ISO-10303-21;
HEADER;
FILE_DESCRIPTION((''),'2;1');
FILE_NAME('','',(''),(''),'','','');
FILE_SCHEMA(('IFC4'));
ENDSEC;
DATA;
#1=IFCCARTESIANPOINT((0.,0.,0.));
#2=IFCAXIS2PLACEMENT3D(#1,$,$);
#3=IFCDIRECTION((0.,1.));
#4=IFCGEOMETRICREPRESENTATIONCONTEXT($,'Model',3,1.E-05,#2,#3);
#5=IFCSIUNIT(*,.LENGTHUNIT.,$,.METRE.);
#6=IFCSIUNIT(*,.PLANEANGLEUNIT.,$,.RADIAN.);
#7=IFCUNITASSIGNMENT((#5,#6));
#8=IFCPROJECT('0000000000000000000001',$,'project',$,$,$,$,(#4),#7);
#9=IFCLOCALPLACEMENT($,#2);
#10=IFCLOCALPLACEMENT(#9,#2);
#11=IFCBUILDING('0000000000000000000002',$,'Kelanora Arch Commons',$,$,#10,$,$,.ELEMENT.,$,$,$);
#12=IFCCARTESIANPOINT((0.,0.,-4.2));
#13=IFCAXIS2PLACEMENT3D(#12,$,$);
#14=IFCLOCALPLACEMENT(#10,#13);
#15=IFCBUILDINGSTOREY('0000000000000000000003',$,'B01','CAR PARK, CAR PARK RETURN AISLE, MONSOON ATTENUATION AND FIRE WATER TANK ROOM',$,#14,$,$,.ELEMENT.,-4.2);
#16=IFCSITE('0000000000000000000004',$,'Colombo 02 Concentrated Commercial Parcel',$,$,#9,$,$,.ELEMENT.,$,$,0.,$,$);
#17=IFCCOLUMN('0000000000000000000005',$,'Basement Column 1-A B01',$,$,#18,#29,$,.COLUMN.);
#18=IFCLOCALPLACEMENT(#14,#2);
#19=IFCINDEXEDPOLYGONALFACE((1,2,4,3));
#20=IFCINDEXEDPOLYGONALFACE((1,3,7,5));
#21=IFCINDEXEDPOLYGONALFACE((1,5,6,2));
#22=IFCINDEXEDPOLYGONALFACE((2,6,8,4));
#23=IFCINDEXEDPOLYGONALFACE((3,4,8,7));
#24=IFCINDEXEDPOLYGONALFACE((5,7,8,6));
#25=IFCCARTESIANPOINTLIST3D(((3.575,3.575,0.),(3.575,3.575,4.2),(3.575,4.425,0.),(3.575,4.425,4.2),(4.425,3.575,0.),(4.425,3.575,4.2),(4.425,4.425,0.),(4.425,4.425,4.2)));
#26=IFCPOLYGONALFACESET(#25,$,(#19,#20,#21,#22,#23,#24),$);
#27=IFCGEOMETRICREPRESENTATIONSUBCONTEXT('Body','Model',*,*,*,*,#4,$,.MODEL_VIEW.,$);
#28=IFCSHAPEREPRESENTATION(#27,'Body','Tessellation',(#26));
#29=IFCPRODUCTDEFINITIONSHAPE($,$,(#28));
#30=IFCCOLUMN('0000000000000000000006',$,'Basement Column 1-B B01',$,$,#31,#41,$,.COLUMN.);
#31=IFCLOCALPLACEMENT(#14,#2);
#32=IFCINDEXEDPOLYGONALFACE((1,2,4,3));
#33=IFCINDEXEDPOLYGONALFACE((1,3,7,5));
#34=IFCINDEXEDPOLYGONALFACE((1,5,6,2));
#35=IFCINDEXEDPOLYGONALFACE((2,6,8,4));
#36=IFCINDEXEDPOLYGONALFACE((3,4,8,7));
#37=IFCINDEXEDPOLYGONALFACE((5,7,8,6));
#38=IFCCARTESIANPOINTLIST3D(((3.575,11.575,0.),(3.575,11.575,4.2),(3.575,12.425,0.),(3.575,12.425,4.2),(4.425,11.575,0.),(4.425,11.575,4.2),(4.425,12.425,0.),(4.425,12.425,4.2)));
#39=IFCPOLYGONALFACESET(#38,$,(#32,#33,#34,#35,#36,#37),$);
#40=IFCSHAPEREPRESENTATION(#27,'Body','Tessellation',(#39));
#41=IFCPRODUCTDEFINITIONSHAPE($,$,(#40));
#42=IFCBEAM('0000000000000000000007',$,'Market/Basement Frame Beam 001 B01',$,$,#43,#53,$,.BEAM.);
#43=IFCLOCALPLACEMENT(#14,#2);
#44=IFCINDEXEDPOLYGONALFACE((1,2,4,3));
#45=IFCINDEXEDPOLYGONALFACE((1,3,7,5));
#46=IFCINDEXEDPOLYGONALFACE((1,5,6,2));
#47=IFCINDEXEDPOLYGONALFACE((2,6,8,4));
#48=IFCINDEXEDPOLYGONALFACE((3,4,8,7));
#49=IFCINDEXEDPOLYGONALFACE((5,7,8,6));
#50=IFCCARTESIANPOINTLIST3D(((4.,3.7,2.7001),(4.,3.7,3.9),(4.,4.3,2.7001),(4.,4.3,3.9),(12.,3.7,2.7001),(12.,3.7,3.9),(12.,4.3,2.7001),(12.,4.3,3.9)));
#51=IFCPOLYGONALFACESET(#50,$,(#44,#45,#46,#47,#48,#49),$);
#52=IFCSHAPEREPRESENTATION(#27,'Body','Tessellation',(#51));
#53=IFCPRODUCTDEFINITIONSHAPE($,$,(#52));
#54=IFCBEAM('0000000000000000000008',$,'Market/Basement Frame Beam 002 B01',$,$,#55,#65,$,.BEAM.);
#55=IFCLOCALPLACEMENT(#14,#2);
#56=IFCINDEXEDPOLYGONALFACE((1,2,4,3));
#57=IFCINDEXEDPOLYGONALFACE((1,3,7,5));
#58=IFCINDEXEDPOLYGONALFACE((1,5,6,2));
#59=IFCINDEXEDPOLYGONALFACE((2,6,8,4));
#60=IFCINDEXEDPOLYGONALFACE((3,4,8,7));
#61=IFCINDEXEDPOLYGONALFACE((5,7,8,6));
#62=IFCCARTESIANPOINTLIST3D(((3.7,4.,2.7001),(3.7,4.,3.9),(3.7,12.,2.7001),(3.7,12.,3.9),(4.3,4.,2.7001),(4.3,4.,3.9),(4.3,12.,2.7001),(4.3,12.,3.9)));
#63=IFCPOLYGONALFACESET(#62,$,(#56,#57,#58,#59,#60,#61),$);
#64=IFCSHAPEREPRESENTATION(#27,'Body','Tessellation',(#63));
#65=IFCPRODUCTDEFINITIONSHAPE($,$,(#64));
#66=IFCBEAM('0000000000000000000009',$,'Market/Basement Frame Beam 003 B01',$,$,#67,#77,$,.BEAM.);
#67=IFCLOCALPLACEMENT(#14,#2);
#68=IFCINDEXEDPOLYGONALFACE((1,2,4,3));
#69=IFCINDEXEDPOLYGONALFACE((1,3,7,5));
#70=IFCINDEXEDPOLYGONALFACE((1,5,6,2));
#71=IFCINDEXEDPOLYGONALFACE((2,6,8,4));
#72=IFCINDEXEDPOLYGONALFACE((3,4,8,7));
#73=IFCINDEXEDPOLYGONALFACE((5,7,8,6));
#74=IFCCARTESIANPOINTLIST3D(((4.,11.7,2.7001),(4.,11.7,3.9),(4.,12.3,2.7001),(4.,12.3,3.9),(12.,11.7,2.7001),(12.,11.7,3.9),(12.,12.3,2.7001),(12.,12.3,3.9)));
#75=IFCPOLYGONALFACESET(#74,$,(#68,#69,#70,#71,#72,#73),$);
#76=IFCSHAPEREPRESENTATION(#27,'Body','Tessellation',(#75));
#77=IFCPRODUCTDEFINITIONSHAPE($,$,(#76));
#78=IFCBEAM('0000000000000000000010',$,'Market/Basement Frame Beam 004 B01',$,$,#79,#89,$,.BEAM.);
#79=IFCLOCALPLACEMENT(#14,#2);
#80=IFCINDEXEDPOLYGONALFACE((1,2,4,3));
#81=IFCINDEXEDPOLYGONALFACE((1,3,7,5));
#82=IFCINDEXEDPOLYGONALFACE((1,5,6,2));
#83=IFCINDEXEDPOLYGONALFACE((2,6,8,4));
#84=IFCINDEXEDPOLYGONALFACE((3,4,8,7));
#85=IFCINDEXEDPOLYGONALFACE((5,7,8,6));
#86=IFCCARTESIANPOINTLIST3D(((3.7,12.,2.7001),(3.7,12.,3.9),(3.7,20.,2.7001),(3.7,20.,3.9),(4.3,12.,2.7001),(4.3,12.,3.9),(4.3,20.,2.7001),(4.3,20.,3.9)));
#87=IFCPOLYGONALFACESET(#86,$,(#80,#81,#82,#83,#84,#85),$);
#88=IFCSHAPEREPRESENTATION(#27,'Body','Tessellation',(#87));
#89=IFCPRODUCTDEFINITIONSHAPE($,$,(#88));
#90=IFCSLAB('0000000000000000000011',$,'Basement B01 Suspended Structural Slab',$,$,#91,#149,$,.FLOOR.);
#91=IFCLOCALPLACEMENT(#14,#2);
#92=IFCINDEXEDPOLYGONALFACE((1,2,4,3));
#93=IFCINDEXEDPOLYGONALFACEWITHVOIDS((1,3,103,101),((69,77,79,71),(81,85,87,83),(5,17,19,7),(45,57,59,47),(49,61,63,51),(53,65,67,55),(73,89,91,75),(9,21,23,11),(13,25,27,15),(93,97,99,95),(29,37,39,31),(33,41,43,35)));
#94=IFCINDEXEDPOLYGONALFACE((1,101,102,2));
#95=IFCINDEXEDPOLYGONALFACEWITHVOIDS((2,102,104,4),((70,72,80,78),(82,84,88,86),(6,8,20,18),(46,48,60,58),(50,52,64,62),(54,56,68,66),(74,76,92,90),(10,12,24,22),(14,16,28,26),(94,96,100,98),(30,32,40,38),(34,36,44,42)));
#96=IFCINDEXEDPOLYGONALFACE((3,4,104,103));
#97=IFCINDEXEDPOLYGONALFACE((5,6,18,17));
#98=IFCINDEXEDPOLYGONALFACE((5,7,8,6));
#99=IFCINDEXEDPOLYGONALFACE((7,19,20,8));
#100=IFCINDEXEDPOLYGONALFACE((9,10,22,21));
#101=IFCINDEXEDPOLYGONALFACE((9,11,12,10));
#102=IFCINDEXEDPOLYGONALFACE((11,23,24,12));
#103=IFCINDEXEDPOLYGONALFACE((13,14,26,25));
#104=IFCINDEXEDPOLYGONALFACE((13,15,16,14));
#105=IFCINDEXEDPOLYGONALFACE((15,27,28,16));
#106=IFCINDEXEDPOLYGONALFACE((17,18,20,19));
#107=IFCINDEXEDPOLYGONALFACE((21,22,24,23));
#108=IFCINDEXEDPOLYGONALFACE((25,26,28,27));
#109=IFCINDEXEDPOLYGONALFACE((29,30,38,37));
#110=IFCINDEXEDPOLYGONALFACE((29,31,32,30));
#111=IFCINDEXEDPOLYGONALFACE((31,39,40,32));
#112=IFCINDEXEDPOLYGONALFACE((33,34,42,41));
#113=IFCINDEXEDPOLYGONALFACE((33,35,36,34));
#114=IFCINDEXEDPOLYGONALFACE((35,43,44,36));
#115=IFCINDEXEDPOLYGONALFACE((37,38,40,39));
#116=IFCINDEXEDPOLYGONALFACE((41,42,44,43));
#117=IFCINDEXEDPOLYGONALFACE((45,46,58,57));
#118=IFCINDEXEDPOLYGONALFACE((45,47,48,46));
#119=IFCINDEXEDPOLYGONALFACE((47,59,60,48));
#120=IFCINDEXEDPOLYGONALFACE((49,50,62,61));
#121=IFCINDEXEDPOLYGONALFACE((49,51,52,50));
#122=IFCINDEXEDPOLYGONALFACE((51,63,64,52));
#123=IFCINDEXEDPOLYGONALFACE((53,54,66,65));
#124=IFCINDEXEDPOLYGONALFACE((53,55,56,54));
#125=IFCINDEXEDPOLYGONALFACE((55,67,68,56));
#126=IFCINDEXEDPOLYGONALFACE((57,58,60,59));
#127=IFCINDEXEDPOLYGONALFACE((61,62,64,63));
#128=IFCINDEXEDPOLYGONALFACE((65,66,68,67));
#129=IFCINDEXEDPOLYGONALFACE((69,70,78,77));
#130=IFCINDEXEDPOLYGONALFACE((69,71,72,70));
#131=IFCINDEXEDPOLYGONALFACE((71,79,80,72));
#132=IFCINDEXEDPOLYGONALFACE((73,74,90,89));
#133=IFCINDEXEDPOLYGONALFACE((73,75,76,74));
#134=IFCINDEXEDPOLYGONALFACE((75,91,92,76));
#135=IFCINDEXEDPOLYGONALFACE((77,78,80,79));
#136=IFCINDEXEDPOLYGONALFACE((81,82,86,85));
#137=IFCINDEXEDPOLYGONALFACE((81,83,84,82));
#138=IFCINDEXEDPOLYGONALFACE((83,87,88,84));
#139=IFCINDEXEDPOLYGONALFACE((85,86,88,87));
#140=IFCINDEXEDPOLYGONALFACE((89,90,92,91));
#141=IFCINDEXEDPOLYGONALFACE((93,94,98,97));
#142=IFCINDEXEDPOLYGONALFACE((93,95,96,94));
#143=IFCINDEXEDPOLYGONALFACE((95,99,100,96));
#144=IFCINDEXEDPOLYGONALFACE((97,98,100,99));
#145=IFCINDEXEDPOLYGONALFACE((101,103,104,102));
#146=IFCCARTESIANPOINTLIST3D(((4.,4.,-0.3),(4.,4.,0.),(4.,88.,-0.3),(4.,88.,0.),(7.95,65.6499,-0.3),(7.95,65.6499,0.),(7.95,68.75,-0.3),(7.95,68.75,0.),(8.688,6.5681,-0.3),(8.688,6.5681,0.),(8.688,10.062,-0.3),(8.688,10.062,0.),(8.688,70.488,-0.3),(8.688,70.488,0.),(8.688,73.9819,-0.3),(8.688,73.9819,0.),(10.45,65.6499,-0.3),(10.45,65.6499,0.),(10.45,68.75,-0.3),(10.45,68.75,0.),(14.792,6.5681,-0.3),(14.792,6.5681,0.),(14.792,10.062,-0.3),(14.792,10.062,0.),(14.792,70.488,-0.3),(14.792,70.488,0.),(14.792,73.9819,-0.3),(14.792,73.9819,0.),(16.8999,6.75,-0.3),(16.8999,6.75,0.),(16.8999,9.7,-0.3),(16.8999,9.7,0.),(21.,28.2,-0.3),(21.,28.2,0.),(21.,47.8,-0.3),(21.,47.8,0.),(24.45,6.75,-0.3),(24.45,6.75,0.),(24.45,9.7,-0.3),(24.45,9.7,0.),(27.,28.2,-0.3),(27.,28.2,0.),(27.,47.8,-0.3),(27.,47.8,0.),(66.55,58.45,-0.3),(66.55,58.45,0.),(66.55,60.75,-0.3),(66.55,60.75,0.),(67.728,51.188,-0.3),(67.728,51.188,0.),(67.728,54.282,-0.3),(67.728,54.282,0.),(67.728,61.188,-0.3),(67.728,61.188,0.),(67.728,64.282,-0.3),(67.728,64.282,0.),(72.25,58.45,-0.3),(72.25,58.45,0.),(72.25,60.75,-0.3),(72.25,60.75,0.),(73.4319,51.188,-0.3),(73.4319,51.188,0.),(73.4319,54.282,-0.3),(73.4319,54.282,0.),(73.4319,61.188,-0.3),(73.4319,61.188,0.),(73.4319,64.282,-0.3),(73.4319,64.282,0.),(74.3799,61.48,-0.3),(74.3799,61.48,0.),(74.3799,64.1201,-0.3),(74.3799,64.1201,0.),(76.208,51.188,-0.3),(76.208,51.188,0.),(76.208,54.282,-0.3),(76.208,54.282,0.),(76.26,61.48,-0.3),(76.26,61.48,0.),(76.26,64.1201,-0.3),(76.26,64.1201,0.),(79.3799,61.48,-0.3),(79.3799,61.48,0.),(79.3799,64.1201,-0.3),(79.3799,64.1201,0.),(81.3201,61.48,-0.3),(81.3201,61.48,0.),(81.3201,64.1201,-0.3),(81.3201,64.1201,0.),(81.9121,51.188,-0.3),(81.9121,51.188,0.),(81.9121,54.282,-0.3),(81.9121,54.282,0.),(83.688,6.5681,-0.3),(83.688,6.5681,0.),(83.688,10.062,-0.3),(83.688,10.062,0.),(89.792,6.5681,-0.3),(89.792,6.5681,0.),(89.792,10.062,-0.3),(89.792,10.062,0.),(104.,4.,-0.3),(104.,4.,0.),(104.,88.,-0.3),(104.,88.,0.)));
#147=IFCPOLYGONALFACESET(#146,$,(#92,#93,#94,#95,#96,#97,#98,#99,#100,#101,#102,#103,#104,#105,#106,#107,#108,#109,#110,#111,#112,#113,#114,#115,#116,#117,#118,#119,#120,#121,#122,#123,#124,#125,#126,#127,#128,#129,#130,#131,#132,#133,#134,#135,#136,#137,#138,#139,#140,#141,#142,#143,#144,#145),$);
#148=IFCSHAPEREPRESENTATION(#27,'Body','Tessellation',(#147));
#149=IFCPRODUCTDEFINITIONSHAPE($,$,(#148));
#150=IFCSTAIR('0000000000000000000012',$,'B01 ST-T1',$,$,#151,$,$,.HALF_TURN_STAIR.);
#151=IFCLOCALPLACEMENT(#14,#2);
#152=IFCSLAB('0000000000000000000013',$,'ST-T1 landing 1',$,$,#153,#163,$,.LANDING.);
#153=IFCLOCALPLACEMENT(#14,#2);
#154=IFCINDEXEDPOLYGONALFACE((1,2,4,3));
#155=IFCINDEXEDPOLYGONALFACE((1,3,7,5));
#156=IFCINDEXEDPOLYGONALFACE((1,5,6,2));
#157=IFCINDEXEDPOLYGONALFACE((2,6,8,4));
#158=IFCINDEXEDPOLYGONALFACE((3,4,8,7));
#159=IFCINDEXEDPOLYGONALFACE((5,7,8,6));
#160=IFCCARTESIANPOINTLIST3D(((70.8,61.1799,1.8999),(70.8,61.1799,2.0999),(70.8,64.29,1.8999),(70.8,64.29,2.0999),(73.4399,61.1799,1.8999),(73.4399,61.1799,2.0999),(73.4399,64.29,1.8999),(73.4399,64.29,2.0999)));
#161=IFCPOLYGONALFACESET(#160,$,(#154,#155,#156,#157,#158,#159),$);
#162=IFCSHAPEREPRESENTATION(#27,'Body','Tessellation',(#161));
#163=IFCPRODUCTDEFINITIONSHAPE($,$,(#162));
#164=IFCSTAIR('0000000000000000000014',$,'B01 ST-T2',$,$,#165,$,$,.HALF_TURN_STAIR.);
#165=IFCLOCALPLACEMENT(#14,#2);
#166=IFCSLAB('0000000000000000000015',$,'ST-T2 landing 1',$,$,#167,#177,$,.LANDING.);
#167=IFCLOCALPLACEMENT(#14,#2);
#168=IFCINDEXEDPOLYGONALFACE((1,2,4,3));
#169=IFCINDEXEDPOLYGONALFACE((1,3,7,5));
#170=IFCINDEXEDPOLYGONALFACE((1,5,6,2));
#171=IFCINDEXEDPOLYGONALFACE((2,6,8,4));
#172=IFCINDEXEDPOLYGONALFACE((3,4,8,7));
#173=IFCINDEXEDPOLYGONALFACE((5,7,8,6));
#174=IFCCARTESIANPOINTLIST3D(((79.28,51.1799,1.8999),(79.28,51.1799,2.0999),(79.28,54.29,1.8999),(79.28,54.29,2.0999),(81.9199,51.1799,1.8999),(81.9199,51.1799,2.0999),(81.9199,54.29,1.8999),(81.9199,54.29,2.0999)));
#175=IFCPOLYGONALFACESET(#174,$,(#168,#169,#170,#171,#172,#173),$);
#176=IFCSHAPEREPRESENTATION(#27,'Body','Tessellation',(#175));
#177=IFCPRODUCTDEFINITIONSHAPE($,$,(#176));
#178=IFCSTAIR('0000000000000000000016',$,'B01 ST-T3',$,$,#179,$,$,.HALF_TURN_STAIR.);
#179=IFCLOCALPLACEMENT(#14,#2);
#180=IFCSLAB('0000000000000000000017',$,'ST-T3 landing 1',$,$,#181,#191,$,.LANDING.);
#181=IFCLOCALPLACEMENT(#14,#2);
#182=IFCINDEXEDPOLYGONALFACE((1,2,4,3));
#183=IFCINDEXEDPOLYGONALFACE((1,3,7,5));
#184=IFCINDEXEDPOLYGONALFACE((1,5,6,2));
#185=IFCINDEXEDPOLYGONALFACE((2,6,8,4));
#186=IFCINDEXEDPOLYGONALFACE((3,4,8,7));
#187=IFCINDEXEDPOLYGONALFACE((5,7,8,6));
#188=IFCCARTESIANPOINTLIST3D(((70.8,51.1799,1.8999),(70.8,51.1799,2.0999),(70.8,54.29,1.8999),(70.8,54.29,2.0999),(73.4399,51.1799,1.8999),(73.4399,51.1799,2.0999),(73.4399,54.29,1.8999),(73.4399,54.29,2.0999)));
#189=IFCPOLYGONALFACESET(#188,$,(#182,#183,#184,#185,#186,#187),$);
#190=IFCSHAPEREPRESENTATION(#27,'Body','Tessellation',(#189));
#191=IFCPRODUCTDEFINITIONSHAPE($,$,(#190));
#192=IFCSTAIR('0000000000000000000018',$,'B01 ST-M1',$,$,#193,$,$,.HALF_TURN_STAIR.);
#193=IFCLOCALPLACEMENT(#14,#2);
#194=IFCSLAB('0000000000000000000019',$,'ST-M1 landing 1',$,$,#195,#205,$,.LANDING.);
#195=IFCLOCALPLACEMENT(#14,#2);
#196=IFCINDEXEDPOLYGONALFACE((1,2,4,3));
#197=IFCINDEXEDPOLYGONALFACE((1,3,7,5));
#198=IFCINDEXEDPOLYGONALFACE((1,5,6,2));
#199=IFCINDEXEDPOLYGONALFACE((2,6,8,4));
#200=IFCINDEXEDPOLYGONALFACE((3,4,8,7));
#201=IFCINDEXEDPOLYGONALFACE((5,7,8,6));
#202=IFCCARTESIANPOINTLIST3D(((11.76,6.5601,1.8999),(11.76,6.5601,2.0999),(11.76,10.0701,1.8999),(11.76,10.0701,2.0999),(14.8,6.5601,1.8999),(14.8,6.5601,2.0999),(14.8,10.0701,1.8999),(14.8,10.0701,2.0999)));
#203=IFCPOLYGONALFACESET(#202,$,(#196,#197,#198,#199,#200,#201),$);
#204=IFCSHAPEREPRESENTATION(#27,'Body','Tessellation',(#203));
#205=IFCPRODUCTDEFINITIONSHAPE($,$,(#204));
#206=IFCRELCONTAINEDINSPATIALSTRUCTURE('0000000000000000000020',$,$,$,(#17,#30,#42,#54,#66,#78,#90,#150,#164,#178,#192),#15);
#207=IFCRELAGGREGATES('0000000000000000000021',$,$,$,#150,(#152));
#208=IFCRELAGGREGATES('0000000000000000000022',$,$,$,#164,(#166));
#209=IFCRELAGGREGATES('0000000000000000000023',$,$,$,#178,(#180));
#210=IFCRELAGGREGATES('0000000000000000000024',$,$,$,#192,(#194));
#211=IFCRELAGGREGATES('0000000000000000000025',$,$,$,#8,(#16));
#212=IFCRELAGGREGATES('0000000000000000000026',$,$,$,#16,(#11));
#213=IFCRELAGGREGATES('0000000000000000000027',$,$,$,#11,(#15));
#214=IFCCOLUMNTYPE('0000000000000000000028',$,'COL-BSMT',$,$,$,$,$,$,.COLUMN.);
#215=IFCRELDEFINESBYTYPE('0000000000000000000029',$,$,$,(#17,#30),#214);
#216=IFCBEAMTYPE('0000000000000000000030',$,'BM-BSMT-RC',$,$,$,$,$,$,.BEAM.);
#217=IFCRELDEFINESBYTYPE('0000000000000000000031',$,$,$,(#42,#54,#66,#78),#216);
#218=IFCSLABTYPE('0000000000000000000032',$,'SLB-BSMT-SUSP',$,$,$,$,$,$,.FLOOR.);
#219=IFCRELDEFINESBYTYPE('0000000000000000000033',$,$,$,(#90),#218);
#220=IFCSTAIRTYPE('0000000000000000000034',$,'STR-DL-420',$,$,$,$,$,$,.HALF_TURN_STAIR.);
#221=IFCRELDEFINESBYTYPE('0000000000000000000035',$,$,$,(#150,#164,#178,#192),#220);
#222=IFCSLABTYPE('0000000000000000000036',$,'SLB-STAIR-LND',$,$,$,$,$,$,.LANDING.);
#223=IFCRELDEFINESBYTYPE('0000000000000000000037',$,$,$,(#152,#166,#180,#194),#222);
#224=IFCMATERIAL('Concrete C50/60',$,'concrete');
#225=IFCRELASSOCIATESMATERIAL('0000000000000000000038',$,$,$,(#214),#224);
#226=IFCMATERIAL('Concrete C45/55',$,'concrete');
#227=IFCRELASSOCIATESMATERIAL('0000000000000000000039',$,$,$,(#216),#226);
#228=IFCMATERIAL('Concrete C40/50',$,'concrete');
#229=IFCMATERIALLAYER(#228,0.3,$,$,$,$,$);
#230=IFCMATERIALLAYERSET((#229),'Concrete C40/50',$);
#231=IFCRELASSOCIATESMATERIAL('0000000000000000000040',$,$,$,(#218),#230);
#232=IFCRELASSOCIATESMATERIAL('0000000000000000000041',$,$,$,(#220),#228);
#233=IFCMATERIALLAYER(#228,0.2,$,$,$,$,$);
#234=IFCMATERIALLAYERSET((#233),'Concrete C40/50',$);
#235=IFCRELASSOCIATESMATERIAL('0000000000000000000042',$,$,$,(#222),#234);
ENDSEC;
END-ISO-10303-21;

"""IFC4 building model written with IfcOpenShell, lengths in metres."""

from ifc_helpers import new_model, si_unit, direction, frame, origin, origin_2d, place, context, subcontext, project, spatial, polyline, rectangle, outline, extrude, material, layer, layer_set, material_profile, profile_set, type_object, element, aggregate, save


model = new_model("IFC4")

# Units and contexts
model_context = context("Model", 3, precision=1e-05, world=origin(), true_north=direction((0.0, 1.0)))
body_context = subcontext(model_context, "Body", "Model", "MODEL_VIEW")
ifc_project = project(units=[si_unit("LENGTHUNIT", "METRE"), si_unit("PLANEANGLEUNIT", "RADIAN")], contexts=[model_context])

# Site, building, storey
site_placement = place(None, origin())
site = spatial("IfcSite", under=ifc_project, at=site_placement, Name="Colombo 02 Concentrated Commercial Parcel", CompositionType="ELEMENT", RefElevation=0.0)
building_placement = place(site_placement, origin())
building = spatial("IfcBuilding", under=site, at=building_placement, Name="Kelanora Arch Commons", CompositionType="ELEMENT")
storey_placement = place(building_placement, frame((0.0, 0.0, -4.2)))
storey = spatial("IfcBuildingStorey", under=building, at=storey_placement, Name="B01", Description="CAR PARK, CAR PARK RETURN AISLE, MONSOON ATTENUATION AND FIRE WATER TANK ROOM", CompositionType="ELEMENT", Elevation=-4.2)

# Columns
ifc_material_1 = material(Name="Concrete C50/60", Category="concrete")
ifc_material_profile_1 = material_profile(ifc_material_1, rectangle(XDim=0.8501, YDim=0.8501, at=origin_2d()), Name="RC850x850")
ifc_profile_set_1 = profile_set([ifc_material_profile_1], Name="Concrete C50/60")
column_type = type_object("IfcColumnType", Name="COL-BSMT", PredefinedType="COLUMN", material=ifc_profile_set_1)
for number, where, z_axis, x_axis, name in (
    (1, (4.0, 4.0, 0.0), (0.0, 0.0, 1.0), (1.0, 0.0, 0.0), "Basement Column 1-A B01"),
    (2, (4.0, 12.0, 0.0), (0.0, 0.0, 1.0), (1.0, 0.0, 0.0), "Basement Column 1-B B01"),
):
    element("IfcColumn", number, at=place(storey_placement, frame(where, z_axis=z_axis, x_axis=x_axis)), inside=storey, type_object=column_type, Name=name, PredefinedType="COLUMN", context=body_context, shape_type="SweptSolid", body=[
        extrude(rectangle(XDim=0.8501, YDim=0.8501, at=origin_2d()), origin(), (0.0, 0.0, 1.0), 4.2),
    ])

# Beams
ifc_material_2 = material(Name="Concrete C45/55", Category="concrete")
ifc_material_profile_2 = material_profile(ifc_material_2, rectangle(XDim=0.6001, YDim=1.2, at=origin_2d()), Name="RCB600x1200")
ifc_profile_set_2 = profile_set([ifc_material_profile_2], Name="Concrete C45/55")
beam_type = type_object("IfcBeamType", Name="BM-BSMT-RC", PredefinedType="BEAM", material=ifc_profile_set_2)
for number, where, z_axis, x_axis, name in (
    (3, (4.0, 4.0, 3.3), (1.0, 0.0, 0.0), (0.0, 1.0, 0.0), "Market/Basement Frame Beam 001 B01"),
    (4, (4.0, 4.0, 3.3), (0.0, 1.0, 0.0), (-1.0, 0.0, 0.0), "Market/Basement Frame Beam 002 B01"),
    (5, (4.0, 12.0, 3.3), (1.0, 0.0, 0.0), (0.0, 1.0, 0.0), "Market/Basement Frame Beam 003 B01"),
    (6, (4.0, 12.0, 3.3), (0.0, 1.0, 0.0), (-1.0, 0.0, 0.0), "Market/Basement Frame Beam 004 B01"),
):
    element("IfcBeam", number, at=place(storey_placement, frame(where, z_axis=z_axis, x_axis=x_axis)), inside=storey, type_object=beam_type, Name=name, PredefinedType="BEAM", context=body_context, shape_type="SweptSolid", body=[
        extrude(rectangle(XDim=0.6001, YDim=1.2, at=origin_2d()), origin(), (0.0, 0.0, 1.0), 8.0),
    ])

# Slab
ifc_material_3 = material(Name="Concrete C40/50", Category="concrete")
ifc_layer_1 = layer(ifc_material_3, 0.3)
ifc_layer_set_1 = layer_set([ifc_layer_1], Name="Concrete C40/50")
slab_type_1 = type_object("IfcSlabType", Name="SLB-BSMT-SUSP", PredefinedType="FLOOR", material=ifc_layer_set_1)
slab_1_placement = place(storey_placement, frame((0.0, 0.0, -0.3)))
element("IfcSlab", 7, at=slab_1_placement, inside=storey, type_object=slab_type_1, Name="Basement B01 Suspended Structural Slab", PredefinedType="FLOOR", context=body_context, shape_type="SweptSolid", body=[
    extrude(outline(polyline([(4.0, 4.0), (104.0, 4.0), (104.0, 88.0), (4.0, 88.0), (4.0, 4.0)]), holes=[polyline([(16.8999, 6.75), (16.8999, 9.7), (24.45, 9.7), (24.45, 6.75), (16.8999, 6.75)]), polyline([(8.688, 10.062), (14.792, 10.062), (14.792, 6.5681), (8.688, 6.5681), (8.688, 10.062)]), polyline([(21.0, 47.8), (27.0, 47.8), (27.0, 28.2), (21.0, 28.2), (21.0, 47.8)]), polyline([(66.55, 58.45), (66.55, 60.75), (72.25, 60.75), (72.25, 58.45), (66.55, 58.45)]), polyline([(7.95, 68.75), (10.45, 68.75), (10.45, 65.6499), (7.95, 65.6499), (7.95, 68.75)]), polyline([(8.688, 73.9819), (14.792, 73.9819), (14.792, 70.488), (8.688, 70.488), (8.688, 73.9819)]), polyline([(83.688, 6.5681), (83.688, 10.062), (89.792, 10.062), (89.792, 6.5681), (83.688, 6.5681)]), polyline([(67.728, 54.282), (73.4319, 54.282), (73.4319, 51.188), (67.728, 51.188), (67.728, 54.282)]), polyline([(76.208, 54.282), (81.9121, 54.282), (81.9121, 51.188), (76.208, 51.188), (76.208, 54.282)]), polyline([(67.728, 61.188), (67.728, 64.282), (73.4319, 64.282), (73.4319, 61.188), (67.728, 61.188)]), polyline([(74.3799, 64.1201), (76.26, 64.1201), (76.26, 61.48), (74.3799, 61.48), (74.3799, 64.1201)]), polyline([(79.3799, 64.1201), (81.3201, 64.1201), (81.3201, 61.48), (79.3799, 61.48), (79.3799, 64.1201)])]), origin(), (0.0, 0.0, 1.0), 0.3),
])

# Stairs, slabs
stair_type = type_object("IfcStairType", Name="STR-DL-420", PredefinedType="HALF_TURN_STAIR", material=ifc_material_3)
stair_1_placement = place(storey_placement, origin())
stair_1 = element("IfcStair", 8, at=stair_1_placement, inside=storey, type_object=stair_type, Name="B01 ST-T1", PredefinedType="HALF_TURN_STAIR")
ifc_layer_2 = layer(ifc_material_3, 0.2)
ifc_layer_set_2 = layer_set([ifc_layer_2], Name="Concrete C40/50")
slab_type_2 = type_object("IfcSlabType", Name="SLB-STAIR-LND", PredefinedType="LANDING", material=ifc_layer_set_2)
slab_2_placement = place(storey_placement, frame((0.0, 0.0, 1.8999)))
slab_2 = element("IfcSlab", 9, at=slab_2_placement, type_object=slab_type_2, Name="ST-T1 landing 1", PredefinedType="LANDING", context=body_context, shape_type="SweptSolid", body=[
    extrude(outline(polyline([(70.8, 61.1799), (73.4399, 61.1799), (73.4399, 64.29), (70.8, 64.29), (70.8, 61.1799)])), origin(), (0.0, 0.0, 1.0), 0.2),
])
aggregate(stair_1, [slab_2])
stair_2_placement = place(storey_placement, origin())
stair_2 = element("IfcStair", 10, at=stair_2_placement, inside=storey, type_object=stair_type, Name="B01 ST-T2", PredefinedType="HALF_TURN_STAIR")
slab_3_placement = place(storey_placement, frame((0.0, 0.0, 1.8999)))
slab_3 = element("IfcSlab", 11, at=slab_3_placement, type_object=slab_type_2, Name="ST-T2 landing 1", PredefinedType="LANDING", context=body_context, shape_type="SweptSolid", body=[
    extrude(outline(polyline([(79.28, 51.1799), (81.9199, 51.1799), (81.9199, 54.29), (79.28, 54.29), (79.28, 51.1799)])), origin(), (0.0, 0.0, 1.0), 0.2),
])
aggregate(stair_2, [slab_3])
stair_3_placement = place(storey_placement, origin())
stair_3 = element("IfcStair", 12, at=stair_3_placement, inside=storey, type_object=stair_type, Name="B01 ST-T3", PredefinedType="HALF_TURN_STAIR")
slab_4_placement = place(storey_placement, frame((0.0, 0.0, 1.8999)))
slab_4 = element("IfcSlab", 13, at=slab_4_placement, type_object=slab_type_2, Name="ST-T3 landing 1", PredefinedType="LANDING", context=body_context, shape_type="SweptSolid", body=[
    extrude(outline(polyline([(70.8, 51.1799), (73.4399, 51.1799), (73.4399, 54.29), (70.8, 54.29), (70.8, 51.1799)])), origin(), (0.0, 0.0, 1.0), 0.2),
])
aggregate(stair_3, [slab_4])
stair_4_placement = place(storey_placement, origin())
stair_4 = element("IfcStair", 14, at=stair_4_placement, inside=storey, type_object=stair_type, Name="B01 ST-M1", PredefinedType="HALF_TURN_STAIR")
slab_5_placement = place(storey_placement, frame((0.0, 0.0, 1.8999)))
slab_5 = element("IfcSlab", 15, at=slab_5_placement, type_object=slab_type_2, Name="ST-M1 landing 1", PredefinedType="LANDING", context=body_context, shape_type="SweptSolid", body=[
    extrude(outline(polyline([(11.76, 6.5601), (14.8, 6.5601), (14.8, 10.0701), (11.76, 10.0701), (11.76, 6.5601)])), origin(), (0.0, 0.0, 1.0), 0.2),
])
aggregate(stair_4, [slab_5])

save(model, "model.ifc")
